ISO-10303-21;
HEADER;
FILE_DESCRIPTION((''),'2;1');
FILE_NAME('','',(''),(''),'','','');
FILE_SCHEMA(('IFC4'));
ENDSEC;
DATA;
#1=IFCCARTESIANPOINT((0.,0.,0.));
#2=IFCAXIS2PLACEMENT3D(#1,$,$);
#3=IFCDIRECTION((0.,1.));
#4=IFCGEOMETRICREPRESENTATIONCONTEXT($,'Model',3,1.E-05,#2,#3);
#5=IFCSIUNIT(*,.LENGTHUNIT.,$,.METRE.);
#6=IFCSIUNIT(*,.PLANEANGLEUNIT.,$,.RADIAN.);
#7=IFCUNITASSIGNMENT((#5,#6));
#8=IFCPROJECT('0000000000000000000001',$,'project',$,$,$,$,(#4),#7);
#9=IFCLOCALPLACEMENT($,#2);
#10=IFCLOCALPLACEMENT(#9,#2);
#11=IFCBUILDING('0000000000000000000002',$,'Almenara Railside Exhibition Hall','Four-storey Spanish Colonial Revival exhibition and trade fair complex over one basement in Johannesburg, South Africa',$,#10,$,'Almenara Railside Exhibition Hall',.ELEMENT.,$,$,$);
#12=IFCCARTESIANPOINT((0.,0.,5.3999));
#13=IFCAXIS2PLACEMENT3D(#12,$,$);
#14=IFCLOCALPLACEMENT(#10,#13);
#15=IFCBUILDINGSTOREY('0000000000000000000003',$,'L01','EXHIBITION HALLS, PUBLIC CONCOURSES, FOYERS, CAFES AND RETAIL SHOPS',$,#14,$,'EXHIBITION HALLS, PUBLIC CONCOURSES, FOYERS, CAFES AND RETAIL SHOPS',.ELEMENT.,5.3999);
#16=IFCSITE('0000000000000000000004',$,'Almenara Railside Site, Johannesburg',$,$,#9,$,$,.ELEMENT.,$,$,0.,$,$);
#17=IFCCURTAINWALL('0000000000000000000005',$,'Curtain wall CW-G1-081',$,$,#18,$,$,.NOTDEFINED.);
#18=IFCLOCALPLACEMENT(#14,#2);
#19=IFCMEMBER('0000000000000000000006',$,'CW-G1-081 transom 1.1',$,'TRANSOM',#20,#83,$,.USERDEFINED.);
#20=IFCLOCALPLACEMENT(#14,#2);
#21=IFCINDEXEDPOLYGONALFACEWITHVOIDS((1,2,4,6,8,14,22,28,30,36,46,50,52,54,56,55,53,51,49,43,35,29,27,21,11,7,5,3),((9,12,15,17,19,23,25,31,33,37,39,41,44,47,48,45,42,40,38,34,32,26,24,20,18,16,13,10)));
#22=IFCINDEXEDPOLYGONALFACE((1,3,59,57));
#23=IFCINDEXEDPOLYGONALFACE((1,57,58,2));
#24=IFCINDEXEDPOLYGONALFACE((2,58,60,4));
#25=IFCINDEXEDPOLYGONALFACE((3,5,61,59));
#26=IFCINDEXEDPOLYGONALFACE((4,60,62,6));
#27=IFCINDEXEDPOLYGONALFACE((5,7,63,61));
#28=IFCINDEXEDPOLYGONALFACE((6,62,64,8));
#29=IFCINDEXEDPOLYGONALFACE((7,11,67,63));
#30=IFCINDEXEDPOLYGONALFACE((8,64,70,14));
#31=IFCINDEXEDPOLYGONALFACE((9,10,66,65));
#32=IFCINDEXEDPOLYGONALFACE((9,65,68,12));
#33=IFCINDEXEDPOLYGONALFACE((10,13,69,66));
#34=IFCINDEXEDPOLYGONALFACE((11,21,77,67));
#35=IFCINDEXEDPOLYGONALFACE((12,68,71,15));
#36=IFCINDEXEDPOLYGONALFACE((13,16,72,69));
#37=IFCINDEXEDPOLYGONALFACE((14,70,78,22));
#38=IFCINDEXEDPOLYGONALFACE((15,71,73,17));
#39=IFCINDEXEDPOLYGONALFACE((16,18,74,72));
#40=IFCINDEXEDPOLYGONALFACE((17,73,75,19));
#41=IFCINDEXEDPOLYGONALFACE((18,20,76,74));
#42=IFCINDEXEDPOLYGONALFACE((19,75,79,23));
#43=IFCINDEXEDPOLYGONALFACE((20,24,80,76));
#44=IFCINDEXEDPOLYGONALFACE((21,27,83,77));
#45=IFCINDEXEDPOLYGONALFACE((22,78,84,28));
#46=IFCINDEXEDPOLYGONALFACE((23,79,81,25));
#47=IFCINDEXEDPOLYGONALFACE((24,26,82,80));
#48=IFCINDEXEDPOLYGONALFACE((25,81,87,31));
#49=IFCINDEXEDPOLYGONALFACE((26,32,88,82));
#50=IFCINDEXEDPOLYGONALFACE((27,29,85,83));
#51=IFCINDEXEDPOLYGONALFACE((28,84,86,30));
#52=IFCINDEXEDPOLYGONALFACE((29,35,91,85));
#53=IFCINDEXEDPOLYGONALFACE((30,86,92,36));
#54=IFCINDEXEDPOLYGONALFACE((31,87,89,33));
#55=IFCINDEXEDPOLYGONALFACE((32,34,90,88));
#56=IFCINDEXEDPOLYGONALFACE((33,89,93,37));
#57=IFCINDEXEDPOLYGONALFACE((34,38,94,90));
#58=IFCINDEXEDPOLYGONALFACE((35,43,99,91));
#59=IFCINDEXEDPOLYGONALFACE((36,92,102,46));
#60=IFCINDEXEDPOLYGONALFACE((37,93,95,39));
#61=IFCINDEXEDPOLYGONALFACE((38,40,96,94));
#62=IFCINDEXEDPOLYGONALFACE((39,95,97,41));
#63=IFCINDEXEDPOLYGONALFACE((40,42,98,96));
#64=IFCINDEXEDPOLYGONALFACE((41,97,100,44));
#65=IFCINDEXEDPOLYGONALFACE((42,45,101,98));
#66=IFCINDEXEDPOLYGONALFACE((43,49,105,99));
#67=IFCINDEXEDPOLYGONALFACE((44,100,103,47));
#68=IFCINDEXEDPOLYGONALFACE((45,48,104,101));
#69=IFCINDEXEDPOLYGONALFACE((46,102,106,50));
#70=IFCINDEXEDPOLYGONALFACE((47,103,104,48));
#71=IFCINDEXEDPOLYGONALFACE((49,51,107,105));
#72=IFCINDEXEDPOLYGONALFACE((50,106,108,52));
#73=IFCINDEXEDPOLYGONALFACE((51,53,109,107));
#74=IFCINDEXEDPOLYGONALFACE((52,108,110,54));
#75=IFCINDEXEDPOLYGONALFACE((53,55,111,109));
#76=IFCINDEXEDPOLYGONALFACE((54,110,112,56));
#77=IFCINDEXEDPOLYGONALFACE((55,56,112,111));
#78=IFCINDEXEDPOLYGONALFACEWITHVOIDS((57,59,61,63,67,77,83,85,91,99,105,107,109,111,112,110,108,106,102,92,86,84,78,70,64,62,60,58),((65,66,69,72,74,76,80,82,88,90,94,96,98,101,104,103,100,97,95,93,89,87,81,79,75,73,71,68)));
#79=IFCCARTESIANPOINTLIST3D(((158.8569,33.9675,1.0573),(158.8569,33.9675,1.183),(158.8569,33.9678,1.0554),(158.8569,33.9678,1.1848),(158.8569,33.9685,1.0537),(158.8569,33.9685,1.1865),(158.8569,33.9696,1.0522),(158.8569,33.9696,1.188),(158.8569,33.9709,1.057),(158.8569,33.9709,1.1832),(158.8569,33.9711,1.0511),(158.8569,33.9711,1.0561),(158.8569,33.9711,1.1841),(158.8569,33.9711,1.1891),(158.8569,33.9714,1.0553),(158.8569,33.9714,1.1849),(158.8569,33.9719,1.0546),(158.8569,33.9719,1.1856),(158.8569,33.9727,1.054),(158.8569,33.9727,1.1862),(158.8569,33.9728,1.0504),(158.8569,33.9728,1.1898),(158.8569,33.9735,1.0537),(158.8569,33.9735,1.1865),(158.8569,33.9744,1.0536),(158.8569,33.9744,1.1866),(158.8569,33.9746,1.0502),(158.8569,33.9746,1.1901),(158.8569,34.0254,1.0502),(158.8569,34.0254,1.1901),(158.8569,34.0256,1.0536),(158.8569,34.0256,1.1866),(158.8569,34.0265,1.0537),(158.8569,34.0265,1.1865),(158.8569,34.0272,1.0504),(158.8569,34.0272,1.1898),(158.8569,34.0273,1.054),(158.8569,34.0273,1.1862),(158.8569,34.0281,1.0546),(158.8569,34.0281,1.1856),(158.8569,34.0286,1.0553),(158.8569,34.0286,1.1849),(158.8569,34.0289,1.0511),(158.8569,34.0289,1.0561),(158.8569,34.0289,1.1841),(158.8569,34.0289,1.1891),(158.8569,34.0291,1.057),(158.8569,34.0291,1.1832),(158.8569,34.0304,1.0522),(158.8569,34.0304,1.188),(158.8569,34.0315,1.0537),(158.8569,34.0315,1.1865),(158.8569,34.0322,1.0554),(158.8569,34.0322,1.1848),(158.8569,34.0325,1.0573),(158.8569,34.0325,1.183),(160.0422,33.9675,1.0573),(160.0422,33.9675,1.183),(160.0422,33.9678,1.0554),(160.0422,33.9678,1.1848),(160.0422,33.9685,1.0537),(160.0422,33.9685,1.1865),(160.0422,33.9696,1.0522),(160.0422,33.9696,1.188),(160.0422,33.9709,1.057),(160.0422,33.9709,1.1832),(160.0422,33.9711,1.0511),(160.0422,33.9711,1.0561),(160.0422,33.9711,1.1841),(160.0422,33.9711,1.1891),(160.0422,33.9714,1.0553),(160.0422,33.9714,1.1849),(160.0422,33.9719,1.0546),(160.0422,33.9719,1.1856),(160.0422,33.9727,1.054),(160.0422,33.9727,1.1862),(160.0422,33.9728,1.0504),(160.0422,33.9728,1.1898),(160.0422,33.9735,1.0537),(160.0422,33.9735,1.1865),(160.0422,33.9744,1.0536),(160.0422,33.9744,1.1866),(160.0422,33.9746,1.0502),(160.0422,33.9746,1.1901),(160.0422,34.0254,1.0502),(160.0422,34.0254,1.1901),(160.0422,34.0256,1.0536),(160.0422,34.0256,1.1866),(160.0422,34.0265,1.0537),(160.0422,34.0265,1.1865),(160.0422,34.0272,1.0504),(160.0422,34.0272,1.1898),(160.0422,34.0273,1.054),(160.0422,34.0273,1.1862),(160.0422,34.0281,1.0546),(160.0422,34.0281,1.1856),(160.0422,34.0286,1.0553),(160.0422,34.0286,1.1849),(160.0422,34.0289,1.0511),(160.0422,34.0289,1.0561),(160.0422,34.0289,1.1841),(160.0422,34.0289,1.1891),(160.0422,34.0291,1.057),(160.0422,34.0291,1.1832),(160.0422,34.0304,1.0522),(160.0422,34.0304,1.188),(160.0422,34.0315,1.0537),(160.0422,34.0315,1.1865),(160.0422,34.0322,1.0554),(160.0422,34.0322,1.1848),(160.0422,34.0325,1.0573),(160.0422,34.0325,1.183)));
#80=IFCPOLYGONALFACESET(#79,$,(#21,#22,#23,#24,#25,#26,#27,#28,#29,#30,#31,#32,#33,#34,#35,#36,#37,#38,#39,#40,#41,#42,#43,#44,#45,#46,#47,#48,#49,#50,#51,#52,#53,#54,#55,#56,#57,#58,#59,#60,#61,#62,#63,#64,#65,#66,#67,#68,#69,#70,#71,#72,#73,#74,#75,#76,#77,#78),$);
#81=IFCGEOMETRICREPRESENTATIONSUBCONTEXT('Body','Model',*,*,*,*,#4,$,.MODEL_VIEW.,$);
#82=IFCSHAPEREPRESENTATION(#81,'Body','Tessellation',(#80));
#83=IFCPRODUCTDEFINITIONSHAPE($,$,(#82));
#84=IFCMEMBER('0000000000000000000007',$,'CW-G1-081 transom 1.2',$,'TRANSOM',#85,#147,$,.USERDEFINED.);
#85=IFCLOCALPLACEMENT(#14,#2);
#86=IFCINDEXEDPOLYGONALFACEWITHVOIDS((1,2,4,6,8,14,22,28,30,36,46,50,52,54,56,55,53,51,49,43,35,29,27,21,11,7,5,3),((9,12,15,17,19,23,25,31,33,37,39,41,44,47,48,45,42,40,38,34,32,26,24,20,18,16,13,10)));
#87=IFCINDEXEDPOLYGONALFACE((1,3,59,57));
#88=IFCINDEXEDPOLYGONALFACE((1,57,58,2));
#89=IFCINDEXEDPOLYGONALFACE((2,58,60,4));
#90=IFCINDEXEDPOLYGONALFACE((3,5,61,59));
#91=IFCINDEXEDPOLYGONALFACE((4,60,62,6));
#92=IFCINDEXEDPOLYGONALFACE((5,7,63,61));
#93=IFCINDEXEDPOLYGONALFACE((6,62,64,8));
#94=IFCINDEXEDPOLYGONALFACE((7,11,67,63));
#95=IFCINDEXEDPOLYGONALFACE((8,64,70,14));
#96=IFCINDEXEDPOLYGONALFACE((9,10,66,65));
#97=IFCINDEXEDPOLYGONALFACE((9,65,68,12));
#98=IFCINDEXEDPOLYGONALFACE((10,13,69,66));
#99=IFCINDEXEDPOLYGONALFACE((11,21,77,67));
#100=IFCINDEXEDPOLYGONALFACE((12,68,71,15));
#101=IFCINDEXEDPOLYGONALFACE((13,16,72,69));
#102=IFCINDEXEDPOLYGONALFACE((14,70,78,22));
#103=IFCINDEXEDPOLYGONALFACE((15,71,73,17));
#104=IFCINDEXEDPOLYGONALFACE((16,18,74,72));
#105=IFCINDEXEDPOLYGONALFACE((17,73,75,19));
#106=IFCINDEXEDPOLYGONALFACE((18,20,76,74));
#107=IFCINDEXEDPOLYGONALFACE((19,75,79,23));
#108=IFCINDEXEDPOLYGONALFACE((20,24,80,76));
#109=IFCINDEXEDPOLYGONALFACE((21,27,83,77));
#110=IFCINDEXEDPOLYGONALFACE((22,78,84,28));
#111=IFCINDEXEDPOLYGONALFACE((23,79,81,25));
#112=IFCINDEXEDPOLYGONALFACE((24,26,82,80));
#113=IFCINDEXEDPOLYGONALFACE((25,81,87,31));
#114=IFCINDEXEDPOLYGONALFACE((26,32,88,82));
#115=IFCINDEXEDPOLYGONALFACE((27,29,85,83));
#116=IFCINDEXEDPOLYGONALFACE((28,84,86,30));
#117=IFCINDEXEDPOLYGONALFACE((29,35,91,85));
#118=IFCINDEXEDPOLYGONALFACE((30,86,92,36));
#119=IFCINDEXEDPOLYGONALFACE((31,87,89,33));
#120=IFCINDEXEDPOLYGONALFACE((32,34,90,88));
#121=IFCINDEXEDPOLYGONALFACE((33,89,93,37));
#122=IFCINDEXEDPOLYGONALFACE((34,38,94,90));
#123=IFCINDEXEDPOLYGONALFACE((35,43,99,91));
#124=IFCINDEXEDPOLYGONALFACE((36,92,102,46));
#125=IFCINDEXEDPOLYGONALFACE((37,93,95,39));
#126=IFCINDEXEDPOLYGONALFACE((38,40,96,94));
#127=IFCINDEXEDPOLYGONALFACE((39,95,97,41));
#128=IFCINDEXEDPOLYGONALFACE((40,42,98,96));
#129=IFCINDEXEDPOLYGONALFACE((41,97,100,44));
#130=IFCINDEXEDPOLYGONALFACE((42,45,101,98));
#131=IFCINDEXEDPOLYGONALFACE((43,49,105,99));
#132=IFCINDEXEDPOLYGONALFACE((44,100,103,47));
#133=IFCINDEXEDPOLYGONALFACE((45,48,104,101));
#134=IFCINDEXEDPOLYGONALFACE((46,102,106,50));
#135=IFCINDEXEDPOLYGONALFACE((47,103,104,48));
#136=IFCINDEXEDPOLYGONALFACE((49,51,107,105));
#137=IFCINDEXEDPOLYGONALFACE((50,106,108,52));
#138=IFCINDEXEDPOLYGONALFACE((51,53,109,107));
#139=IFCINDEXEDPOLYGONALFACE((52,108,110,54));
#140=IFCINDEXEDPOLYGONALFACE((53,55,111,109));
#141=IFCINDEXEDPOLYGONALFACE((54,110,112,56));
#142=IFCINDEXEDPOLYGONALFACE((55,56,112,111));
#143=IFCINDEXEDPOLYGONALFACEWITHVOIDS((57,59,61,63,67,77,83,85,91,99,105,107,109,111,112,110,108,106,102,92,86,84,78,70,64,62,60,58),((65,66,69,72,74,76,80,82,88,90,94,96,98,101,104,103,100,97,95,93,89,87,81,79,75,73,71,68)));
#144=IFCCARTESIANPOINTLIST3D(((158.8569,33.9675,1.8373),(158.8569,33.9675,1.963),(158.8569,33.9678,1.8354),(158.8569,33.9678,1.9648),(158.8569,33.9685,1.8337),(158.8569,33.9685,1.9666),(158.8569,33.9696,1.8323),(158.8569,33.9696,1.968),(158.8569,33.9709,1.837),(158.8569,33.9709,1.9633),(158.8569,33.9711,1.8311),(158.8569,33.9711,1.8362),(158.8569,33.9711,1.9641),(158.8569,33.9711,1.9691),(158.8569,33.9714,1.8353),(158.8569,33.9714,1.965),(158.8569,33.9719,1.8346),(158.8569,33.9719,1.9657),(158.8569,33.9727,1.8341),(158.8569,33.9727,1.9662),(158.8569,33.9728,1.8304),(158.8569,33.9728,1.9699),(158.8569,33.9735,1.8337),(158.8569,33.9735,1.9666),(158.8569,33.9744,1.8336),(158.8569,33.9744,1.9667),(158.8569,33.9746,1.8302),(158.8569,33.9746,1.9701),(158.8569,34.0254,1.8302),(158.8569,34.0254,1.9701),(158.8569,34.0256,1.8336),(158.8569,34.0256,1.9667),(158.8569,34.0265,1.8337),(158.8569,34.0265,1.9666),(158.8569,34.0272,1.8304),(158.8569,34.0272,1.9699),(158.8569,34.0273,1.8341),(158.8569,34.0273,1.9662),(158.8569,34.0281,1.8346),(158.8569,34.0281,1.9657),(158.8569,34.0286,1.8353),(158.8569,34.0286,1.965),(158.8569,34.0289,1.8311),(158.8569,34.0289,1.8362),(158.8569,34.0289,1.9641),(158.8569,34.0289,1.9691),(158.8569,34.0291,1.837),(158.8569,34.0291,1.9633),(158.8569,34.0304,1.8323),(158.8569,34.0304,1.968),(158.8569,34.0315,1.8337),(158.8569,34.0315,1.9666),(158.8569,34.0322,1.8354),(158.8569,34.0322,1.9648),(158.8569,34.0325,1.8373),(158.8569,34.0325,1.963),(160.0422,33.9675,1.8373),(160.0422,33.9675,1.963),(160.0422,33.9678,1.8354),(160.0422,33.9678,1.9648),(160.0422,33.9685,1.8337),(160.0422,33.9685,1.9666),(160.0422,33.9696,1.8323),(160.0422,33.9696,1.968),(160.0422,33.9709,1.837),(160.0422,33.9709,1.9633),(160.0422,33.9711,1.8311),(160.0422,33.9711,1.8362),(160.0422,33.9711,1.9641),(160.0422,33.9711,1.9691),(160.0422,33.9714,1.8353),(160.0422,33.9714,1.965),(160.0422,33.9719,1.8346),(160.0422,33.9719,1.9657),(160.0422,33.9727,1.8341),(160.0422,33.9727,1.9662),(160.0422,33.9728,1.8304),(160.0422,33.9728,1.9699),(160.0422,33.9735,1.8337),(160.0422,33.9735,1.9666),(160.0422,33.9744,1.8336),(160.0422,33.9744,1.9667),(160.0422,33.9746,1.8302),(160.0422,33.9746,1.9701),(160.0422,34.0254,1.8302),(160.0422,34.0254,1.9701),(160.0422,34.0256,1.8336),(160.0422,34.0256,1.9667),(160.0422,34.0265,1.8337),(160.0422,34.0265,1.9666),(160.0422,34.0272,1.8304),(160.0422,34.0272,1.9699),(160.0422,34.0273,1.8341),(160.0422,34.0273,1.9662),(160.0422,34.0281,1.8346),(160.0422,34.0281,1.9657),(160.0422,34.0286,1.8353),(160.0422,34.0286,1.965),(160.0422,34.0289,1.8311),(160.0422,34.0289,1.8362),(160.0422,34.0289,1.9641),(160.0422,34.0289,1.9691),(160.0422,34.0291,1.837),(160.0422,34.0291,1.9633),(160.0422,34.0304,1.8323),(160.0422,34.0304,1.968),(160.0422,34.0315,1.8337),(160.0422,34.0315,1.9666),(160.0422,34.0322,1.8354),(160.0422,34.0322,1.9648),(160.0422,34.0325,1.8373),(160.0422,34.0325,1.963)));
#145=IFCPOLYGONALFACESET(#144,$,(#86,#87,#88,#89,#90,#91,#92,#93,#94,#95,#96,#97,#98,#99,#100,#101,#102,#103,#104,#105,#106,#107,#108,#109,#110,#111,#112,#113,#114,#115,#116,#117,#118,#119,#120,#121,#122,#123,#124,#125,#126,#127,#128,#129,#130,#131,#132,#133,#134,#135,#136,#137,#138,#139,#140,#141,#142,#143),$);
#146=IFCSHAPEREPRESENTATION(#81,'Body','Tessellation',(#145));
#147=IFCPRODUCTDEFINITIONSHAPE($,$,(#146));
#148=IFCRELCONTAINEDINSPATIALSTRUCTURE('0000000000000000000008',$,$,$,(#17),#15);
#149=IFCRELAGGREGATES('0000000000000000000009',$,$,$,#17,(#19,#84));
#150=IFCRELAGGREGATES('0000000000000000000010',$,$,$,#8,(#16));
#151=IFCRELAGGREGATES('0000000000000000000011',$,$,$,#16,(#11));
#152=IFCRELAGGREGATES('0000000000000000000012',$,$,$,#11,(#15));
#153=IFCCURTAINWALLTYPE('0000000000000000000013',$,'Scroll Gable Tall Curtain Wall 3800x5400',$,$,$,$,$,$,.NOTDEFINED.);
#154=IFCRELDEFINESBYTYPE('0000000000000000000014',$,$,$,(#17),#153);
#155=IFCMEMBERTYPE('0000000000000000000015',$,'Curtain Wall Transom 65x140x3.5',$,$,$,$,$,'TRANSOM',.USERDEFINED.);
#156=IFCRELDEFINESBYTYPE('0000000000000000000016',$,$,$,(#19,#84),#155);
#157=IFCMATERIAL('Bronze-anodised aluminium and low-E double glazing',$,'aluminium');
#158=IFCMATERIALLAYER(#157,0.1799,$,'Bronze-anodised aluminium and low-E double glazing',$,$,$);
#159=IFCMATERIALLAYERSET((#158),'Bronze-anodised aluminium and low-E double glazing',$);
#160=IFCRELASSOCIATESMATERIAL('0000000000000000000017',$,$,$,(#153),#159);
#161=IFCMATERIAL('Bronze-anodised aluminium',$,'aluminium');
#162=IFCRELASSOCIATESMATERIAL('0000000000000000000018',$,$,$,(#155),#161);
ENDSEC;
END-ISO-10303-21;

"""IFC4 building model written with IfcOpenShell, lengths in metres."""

from ifc_helpers import new_model, si_unit, direction, frame, origin, origin_2d, place, context, subcontext, project, spatial, hollow_rectangle, extrude, material, layer, layer_set, material_profile, profile_set, type_object, element, aggregate, save


model = new_model("IFC4")

# Units and contexts
model_context = context("Model", 3, precision=1e-05, world=origin(), true_north=direction((0.0, 1.0)))
body_context = subcontext(model_context, "Body", "Model", "MODEL_VIEW")
ifc_project = project(units=[si_unit("LENGTHUNIT", "METRE"), si_unit("PLANEANGLEUNIT", "RADIAN")], contexts=[model_context])

# Site, building, storey
site_placement = place(None, origin())
site = spatial("IfcSite", under=ifc_project, at=site_placement, Name="Almenara Railside Site, Johannesburg", CompositionType="ELEMENT", RefElevation=0.0)
building_placement = place(site_placement, origin())
building = spatial("IfcBuilding", under=site, at=building_placement, Name="Almenara Railside Exhibition Hall", Description="Four-storey Spanish Colonial Revival exhibition and trade fair complex over one basement in Johannesburg, South Africa", LongName="Almenara Railside Exhibition Hall", CompositionType="ELEMENT")
storey_placement = place(building_placement, frame((0.0, 0.0, 5.3999)))
storey = spatial("IfcBuildingStorey", under=building, at=storey_placement, Name="L01", Description="EXHIBITION HALLS, PUBLIC CONCOURSES, FOYERS, CAFES AND RETAIL SHOPS", LongName="EXHIBITION HALLS, PUBLIC CONCOURSES, FOYERS, CAFES AND RETAIL SHOPS", CompositionType="ELEMENT", Elevation=5.3999)

# Curtain wall
ifc_material_1 = material(Name="Bronze-anodised aluminium and low-E double glazing", Category="aluminium")
ifc_layer_1 = layer(ifc_material_1, 0.1799, Name="Bronze-anodised aluminium and low-E double glazing")
ifc_layer_set_1 = layer_set([ifc_layer_1], Name="Bronze-anodised aluminium and low-E double glazing")
curtain_wall_type_1 = type_object("IfcCurtainWallType", Name="Scroll Gable Tall Curtain Wall 3800x5400", PredefinedType="NOTDEFINED", material=ifc_layer_set_1)
curtain_wall_1_placement = place(storey_placement, origin())
curtain_wall_1 = element("IfcCurtainWall", 1, at=curtain_wall_1_placement, inside=storey, type_object=curtain_wall_type_1, Name="Curtain wall CW-G1-081", PredefinedType="NOTDEFINED")
ifc_material_2 = material(Name="Bronze-anodised aluminium", Category="aluminium")

# Members
ifc_material_profile_1 = material_profile(ifc_material_2, hollow_rectangle(XDim=0.0649, YDim=0.1399, WallThickness=0.0034, InnerFilletRadius=0.0034, OuterFilletRadius=0.0071, at=origin_2d()), Name="ALU-TRN 65x140x3.5")
ifc_profile_set_1 = profile_set([ifc_material_profile_1], Name="Bronze-anodised aluminium")
member_type_1 = type_object("IfcMemberType", Name="Curtain Wall Transom 65x140x3.5", ElementType="TRANSOM", PredefinedType="USERDEFINED", material=ifc_profile_set_1)
member_1_placement = place(storey_placement, frame((158.8569, 34.0, 1.1201), z_axis=(1.0, 0.0, 0.0), x_axis=(0.0, 1.0, 0.0)))
member_1 = element("IfcMember", 2, at=member_1_placement, type_object=member_type_1, Name="CW-G1-081 transom 1.1", ObjectType="TRANSOM", PredefinedType="USERDEFINED", context=body_context, shape_type="SweptSolid", body=[
    extrude(hollow_rectangle(XDim=0.0649, YDim=0.1399, WallThickness=0.0034, InnerFilletRadius=0.0034, OuterFilletRadius=0.0071, at=origin_2d()), origin(), (0.0, 0.0, 1.0), 1.1853),
])
member_2_placement = place(storey_placement, frame((158.8569, 34.0, 1.9001), z_axis=(1.0, 0.0, 0.0), x_axis=(0.0, 1.0, 0.0)))
member_2 = element("IfcMember", 3, at=member_2_placement, type_object=member_type_1, Name="CW-G1-081 transom 1.2", ObjectType="TRANSOM", PredefinedType="USERDEFINED", context=body_context, shape_type="SweptSolid", body=[
    extrude(hollow_rectangle(XDim=0.0649, YDim=0.1399, WallThickness=0.0034, InnerFilletRadius=0.0034, OuterFilletRadius=0.0071, at=origin_2d()), origin(), (0.0, 0.0, 1.0), 1.1853),
])

aggregate(curtain_wall_1, [member_1, member_2])

save(model, "model.ifc")
